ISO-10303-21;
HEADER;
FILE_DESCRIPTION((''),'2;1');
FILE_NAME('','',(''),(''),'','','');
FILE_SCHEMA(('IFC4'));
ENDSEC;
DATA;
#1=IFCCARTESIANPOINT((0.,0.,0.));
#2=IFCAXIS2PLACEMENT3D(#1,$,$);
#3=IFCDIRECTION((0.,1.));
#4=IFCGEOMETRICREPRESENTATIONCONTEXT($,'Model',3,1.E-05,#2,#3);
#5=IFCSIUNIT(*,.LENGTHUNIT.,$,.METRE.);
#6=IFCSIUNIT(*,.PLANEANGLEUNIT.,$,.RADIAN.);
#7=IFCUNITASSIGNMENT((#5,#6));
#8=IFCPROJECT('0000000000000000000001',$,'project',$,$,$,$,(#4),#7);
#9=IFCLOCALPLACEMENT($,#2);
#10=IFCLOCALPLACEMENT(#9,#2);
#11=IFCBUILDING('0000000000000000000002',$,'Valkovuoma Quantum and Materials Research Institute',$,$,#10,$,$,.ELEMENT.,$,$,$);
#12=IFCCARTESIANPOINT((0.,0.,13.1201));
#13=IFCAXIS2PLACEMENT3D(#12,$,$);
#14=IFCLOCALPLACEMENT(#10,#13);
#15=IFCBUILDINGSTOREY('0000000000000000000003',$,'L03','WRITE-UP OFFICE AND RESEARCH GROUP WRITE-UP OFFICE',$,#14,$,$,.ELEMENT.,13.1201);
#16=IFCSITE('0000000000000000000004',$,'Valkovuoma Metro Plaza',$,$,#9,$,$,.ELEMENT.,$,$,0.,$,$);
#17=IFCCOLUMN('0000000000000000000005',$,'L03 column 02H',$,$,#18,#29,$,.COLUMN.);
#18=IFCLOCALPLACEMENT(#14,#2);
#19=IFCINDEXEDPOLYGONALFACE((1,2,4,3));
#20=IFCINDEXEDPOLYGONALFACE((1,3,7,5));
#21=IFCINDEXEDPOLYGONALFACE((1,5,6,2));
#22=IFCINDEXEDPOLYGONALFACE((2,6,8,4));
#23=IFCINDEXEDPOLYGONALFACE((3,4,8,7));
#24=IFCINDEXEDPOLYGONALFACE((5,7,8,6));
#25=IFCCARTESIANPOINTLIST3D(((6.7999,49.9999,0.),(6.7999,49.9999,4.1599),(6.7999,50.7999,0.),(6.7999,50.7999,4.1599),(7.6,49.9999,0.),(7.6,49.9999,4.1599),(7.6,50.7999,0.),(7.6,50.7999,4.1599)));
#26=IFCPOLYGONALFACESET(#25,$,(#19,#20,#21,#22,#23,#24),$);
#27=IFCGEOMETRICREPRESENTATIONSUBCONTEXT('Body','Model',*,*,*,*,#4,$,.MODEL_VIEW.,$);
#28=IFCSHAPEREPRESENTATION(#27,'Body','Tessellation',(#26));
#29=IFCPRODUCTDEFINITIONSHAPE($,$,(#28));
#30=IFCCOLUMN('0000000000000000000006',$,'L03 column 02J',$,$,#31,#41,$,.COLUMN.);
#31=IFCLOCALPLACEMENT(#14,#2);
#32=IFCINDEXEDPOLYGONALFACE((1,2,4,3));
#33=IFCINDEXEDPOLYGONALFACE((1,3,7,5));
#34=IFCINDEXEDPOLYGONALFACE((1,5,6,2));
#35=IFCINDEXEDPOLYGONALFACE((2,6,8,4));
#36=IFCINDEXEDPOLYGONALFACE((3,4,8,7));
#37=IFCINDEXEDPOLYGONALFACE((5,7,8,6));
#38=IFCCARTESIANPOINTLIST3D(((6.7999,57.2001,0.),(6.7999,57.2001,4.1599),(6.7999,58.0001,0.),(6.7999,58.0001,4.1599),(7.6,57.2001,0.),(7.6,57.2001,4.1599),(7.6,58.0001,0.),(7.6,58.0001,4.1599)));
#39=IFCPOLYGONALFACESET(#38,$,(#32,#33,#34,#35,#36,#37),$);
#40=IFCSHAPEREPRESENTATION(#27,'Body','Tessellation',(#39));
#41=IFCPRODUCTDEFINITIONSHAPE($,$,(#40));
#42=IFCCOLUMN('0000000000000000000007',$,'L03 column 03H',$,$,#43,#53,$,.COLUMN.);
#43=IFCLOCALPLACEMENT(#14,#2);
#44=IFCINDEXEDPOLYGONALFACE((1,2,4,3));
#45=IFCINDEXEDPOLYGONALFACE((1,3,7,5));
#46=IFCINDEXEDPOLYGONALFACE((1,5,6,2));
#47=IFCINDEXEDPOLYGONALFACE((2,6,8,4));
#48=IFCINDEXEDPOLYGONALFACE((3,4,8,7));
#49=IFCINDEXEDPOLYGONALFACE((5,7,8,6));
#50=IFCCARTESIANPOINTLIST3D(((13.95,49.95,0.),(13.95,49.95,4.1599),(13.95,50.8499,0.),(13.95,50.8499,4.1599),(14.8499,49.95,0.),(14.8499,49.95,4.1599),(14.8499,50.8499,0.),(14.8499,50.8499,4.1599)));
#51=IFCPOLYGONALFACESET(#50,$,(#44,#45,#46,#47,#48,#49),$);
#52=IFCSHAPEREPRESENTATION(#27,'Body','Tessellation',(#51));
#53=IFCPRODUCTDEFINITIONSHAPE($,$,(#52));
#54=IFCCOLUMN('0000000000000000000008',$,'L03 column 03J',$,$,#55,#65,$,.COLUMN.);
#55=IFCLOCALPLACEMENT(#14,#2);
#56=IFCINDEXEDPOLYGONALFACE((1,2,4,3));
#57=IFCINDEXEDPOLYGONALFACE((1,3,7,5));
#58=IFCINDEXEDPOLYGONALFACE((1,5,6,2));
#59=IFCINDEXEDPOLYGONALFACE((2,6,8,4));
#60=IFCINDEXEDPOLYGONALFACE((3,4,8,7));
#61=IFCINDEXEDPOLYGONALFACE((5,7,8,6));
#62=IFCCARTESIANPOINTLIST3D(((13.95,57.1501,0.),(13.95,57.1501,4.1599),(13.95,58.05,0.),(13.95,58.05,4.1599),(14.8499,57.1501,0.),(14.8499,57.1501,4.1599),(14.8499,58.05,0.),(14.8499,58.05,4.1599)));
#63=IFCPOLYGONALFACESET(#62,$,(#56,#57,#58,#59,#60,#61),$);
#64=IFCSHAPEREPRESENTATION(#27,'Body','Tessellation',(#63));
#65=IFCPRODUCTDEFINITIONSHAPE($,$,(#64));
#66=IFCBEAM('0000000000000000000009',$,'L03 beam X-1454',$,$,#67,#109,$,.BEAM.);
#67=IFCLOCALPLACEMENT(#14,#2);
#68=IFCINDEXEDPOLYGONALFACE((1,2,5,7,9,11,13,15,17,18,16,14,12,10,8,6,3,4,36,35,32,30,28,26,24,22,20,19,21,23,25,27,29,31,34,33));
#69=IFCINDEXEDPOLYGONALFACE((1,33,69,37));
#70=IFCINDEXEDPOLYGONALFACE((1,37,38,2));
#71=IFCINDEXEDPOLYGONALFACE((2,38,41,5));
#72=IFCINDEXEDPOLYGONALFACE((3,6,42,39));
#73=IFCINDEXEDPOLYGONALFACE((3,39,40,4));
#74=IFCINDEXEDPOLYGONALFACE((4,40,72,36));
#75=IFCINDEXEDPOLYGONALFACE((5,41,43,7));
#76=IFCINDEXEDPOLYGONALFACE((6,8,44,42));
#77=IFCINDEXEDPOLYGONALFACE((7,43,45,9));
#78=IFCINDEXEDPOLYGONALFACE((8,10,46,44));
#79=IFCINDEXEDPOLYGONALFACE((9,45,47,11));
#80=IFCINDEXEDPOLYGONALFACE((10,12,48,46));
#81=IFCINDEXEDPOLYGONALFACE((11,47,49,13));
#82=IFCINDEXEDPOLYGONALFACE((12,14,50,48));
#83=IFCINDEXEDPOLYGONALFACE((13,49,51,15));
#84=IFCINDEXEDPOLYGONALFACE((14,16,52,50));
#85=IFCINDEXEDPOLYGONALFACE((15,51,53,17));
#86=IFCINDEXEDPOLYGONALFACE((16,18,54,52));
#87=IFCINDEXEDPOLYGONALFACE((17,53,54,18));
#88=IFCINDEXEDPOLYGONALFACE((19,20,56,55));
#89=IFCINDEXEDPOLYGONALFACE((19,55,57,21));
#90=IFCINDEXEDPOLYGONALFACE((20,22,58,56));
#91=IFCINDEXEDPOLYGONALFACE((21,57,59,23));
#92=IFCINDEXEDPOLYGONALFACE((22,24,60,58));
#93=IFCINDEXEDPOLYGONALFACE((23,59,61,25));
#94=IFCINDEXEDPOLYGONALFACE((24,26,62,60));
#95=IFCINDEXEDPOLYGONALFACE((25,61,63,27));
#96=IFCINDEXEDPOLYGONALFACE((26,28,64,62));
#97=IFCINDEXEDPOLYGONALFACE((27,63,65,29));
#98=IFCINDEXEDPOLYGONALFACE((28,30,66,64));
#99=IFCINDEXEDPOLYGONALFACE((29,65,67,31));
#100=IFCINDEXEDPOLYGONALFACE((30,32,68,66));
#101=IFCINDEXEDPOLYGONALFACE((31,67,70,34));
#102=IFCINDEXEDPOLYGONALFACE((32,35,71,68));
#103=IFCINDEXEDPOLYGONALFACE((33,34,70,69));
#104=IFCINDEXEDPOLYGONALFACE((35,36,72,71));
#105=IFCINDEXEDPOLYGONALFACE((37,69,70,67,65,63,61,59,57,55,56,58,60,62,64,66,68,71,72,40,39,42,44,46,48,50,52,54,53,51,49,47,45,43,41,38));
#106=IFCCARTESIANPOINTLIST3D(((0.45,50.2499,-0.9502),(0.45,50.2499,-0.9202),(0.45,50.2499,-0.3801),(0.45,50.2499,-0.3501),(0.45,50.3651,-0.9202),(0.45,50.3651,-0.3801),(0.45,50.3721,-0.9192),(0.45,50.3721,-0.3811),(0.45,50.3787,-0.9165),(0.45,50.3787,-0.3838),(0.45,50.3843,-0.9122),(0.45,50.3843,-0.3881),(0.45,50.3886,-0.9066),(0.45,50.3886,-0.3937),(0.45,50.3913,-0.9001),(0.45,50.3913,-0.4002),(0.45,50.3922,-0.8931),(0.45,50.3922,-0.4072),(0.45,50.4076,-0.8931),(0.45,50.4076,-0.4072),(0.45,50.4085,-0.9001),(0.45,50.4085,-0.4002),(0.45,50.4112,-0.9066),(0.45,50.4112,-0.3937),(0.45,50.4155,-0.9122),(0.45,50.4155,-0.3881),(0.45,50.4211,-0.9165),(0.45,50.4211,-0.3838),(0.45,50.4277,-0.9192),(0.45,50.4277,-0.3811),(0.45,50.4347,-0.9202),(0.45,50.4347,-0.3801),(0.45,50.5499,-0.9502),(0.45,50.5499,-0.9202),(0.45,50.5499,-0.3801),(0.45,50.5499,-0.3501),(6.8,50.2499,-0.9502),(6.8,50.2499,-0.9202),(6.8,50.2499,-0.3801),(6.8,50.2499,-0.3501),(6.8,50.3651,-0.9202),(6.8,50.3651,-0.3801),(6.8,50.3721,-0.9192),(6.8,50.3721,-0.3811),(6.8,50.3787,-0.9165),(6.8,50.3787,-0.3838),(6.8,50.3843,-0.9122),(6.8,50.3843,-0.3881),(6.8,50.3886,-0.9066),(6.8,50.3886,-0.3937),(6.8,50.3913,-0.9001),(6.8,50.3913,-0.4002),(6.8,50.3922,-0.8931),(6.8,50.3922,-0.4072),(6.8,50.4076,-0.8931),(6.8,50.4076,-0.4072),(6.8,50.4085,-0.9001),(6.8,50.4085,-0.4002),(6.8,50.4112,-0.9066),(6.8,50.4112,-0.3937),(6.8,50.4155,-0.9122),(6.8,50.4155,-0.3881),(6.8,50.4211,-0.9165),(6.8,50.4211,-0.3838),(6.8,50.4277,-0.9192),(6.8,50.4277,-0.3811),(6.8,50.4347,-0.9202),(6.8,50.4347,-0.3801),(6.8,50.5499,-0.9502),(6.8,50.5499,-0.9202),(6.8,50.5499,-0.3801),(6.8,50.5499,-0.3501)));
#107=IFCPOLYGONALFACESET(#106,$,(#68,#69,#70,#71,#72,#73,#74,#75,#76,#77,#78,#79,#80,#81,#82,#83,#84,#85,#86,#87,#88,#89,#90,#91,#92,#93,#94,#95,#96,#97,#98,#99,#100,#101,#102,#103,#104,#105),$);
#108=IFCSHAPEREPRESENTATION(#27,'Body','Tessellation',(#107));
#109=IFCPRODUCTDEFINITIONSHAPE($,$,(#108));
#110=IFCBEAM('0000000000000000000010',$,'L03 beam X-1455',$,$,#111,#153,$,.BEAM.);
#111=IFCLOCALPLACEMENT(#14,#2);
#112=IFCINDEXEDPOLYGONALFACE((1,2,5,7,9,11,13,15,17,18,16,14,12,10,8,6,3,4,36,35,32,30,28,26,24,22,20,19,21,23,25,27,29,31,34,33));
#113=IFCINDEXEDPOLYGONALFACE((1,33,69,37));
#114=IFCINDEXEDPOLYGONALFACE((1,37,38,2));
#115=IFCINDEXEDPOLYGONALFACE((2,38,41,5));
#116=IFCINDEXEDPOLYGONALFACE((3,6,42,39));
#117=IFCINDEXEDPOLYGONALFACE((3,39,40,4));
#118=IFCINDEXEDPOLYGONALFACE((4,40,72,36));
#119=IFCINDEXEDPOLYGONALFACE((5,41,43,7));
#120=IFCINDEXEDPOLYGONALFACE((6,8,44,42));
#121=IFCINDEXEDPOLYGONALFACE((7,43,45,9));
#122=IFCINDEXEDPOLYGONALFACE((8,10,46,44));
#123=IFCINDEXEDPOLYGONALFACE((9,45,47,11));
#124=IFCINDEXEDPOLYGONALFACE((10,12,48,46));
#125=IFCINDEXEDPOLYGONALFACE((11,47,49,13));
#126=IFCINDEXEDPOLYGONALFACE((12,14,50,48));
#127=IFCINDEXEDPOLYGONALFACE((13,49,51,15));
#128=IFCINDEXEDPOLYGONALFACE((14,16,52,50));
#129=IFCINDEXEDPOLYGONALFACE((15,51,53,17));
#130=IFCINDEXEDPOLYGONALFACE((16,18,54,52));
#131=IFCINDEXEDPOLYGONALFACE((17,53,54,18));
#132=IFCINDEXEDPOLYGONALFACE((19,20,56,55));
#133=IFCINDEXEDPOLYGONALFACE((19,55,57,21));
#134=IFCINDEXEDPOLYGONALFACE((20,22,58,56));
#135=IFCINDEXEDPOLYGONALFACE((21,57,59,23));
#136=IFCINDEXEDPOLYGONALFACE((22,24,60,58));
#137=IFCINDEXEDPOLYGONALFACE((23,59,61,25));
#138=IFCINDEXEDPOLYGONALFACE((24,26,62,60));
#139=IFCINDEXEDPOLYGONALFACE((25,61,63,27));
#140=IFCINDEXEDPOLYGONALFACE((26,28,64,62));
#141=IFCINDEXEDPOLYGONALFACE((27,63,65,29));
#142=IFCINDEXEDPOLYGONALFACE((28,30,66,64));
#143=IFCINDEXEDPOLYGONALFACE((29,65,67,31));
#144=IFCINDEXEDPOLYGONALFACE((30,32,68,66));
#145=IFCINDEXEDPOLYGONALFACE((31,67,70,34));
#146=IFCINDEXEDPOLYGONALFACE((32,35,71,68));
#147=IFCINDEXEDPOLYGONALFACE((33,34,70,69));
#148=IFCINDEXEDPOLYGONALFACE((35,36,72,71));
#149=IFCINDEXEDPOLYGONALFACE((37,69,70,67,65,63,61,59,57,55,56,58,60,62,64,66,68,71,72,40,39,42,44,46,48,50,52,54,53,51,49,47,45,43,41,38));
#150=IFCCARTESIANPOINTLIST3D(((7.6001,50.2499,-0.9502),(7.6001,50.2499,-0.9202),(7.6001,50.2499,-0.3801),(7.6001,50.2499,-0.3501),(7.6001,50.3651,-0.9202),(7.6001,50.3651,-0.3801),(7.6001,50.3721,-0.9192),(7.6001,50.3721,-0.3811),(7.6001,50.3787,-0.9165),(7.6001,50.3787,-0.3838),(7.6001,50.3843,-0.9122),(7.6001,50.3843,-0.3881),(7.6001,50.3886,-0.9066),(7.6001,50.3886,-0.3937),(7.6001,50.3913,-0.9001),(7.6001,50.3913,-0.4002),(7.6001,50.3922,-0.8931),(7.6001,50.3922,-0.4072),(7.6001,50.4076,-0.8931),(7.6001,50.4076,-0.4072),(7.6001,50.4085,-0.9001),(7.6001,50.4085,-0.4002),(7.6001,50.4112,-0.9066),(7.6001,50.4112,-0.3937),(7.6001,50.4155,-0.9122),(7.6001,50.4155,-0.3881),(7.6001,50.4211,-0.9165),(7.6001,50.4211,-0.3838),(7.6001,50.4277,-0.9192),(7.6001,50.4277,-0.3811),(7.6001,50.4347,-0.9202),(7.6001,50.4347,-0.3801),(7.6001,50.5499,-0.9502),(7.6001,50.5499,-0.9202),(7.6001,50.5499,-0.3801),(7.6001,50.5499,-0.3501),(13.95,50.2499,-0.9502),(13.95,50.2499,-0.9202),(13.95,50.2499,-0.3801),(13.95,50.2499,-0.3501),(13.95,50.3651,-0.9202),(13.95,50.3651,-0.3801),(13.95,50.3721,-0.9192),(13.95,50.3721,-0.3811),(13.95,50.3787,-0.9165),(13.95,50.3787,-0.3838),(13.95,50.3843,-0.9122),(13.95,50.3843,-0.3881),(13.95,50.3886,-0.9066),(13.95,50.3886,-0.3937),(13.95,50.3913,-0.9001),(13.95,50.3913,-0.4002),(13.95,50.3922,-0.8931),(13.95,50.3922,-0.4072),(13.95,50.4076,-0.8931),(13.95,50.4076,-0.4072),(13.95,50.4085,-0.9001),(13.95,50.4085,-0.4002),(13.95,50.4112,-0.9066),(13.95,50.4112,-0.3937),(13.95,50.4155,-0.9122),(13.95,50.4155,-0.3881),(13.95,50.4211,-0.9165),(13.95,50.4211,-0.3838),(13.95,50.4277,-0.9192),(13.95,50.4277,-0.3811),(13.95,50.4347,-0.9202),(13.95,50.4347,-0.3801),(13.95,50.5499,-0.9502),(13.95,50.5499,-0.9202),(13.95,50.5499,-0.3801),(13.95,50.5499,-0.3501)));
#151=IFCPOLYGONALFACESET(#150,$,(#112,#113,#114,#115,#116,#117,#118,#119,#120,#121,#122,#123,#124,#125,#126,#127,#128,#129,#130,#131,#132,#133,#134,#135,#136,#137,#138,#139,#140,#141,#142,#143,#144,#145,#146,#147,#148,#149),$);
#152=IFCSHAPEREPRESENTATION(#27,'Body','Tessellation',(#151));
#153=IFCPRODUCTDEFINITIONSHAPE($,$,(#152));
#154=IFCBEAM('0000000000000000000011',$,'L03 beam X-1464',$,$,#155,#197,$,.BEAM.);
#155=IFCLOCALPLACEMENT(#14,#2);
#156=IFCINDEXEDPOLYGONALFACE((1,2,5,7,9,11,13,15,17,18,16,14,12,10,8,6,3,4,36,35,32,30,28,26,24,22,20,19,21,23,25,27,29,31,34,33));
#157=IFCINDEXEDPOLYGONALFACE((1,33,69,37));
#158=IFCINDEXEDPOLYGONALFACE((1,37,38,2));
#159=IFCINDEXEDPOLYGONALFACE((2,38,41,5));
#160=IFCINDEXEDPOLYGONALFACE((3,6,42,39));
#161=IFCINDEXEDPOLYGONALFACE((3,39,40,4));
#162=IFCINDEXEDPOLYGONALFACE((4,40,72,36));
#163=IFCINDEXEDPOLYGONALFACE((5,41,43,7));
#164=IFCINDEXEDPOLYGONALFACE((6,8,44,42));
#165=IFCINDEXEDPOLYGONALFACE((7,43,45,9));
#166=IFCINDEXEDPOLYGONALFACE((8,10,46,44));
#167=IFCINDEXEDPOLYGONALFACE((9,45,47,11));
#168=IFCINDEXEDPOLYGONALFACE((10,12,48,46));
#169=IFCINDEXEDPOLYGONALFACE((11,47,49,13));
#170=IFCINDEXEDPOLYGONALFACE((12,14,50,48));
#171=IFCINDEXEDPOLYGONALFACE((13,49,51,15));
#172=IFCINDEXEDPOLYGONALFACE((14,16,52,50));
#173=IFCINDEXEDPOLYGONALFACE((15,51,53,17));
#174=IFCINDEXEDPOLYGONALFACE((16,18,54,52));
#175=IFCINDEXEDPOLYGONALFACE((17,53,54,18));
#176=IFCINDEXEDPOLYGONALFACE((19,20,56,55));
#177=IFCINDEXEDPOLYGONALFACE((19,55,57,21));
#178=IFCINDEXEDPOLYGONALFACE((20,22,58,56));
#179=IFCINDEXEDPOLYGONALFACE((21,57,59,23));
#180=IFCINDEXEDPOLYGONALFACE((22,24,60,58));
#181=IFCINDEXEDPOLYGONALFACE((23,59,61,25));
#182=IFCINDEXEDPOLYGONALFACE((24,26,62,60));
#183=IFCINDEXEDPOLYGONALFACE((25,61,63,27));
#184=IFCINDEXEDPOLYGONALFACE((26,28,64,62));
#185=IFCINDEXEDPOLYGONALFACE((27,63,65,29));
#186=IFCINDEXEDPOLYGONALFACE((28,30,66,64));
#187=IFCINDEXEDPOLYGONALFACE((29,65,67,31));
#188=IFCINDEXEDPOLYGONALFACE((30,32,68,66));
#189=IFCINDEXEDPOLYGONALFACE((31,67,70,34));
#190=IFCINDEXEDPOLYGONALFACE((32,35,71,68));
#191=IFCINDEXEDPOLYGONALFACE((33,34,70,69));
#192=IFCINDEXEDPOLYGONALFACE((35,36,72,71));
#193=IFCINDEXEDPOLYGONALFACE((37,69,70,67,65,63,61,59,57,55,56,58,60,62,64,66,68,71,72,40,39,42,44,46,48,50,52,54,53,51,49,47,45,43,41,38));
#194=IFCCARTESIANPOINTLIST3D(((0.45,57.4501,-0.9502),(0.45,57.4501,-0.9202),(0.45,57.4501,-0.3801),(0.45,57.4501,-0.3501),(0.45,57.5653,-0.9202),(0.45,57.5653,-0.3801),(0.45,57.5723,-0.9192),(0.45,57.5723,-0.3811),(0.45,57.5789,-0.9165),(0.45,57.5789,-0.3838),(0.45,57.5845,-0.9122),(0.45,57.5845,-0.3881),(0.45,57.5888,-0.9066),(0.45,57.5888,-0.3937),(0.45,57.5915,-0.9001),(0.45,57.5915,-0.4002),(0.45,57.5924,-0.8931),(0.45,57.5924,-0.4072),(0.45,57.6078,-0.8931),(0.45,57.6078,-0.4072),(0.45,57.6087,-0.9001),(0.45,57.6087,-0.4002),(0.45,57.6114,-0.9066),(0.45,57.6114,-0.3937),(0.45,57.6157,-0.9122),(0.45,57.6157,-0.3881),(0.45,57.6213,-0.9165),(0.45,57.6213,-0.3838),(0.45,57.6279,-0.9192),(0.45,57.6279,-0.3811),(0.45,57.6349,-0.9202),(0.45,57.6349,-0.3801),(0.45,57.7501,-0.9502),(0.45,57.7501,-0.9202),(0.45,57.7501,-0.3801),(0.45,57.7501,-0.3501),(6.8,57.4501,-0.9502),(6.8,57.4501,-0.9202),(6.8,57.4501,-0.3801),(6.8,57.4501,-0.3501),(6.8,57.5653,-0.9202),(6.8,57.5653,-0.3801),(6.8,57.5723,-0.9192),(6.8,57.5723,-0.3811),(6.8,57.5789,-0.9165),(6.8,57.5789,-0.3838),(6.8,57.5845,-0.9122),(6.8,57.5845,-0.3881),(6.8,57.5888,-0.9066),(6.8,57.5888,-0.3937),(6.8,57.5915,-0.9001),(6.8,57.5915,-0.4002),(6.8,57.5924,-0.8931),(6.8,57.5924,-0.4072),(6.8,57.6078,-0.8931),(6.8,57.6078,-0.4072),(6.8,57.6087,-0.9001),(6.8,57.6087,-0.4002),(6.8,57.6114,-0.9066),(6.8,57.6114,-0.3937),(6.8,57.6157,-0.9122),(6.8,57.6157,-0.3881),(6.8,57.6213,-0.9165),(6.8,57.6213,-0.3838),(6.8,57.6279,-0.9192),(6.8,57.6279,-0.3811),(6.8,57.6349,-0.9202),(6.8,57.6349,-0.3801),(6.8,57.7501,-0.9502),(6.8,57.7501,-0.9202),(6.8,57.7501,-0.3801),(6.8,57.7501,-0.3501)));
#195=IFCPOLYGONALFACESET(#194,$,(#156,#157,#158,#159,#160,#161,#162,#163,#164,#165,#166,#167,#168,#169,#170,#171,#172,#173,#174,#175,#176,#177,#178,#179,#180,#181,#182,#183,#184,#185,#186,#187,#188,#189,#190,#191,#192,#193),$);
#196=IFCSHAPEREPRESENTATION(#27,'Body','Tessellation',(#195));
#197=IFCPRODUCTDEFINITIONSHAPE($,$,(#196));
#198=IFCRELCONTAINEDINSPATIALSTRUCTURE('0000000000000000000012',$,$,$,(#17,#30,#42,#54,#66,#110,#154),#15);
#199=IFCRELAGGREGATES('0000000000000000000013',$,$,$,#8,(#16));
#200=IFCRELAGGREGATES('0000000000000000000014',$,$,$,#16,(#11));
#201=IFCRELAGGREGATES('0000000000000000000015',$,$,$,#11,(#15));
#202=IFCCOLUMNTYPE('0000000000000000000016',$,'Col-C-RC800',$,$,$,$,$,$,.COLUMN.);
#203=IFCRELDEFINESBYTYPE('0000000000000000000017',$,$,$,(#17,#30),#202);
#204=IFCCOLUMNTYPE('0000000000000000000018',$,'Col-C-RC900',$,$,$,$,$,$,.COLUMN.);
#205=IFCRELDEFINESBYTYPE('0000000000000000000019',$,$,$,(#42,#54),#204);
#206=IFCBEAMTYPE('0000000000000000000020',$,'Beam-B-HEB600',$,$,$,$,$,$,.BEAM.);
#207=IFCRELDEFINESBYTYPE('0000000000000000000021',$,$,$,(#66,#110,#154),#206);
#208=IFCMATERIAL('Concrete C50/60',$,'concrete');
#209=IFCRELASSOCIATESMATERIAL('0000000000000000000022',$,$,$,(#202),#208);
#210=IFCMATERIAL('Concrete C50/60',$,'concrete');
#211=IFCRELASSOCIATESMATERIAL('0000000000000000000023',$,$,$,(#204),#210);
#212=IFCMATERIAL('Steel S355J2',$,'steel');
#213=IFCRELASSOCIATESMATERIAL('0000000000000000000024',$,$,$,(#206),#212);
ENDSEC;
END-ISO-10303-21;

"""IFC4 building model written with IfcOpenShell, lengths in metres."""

from ifc_helpers import new_model, si_unit, direction, frame, origin, origin_2d, place, context, subcontext, project, spatial, rectangle, i_section, extrude, material, material_profile, profile_set, type_object, element, save


model = new_model("IFC4")

# Units and contexts
model_context = context("Model", 3, precision=1e-05, world=origin(), true_north=direction((0.0, 1.0)))
body_context = subcontext(model_context, "Body", "Model", "MODEL_VIEW")
ifc_project = project(units=[si_unit("LENGTHUNIT", "METRE"), si_unit("PLANEANGLEUNIT", "RADIAN")], contexts=[model_context])

# Site, building, storey
site_placement = place(None, origin())
site = spatial("IfcSite", under=ifc_project, at=site_placement, Name="Valkovuoma Metro Plaza", CompositionType="ELEMENT", RefElevation=0.0)
building_placement = place(site_placement, origin())
building = spatial("IfcBuilding", under=site, at=building_placement, Name="Valkovuoma Quantum and Materials Research Institute", CompositionType="ELEMENT")
storey_placement = place(building_placement, frame((0.0, 0.0, 13.1201)))
storey = spatial("IfcBuildingStorey", under=building, at=storey_placement, Name="L03", Description="WRITE-UP OFFICE AND RESEARCH GROUP WRITE-UP OFFICE", CompositionType="ELEMENT", Elevation=13.1201)

# Columns
ifc_material_1 = material(Name="Concrete C50/60", Category="concrete")
ifc_material_profile_1 = material_profile(ifc_material_1, rectangle(XDim=0.8, YDim=0.8, at=origin_2d()), Name="Concrete C50/60")
ifc_profile_set_1 = profile_set([ifc_material_profile_1], Name="Concrete C50/60")
column_type_1 = type_object("IfcColumnType", Name="Col-C-RC800", PredefinedType="COLUMN", material=ifc_profile_set_1)
for number, where, z_axis, x_axis, name in (
    (1, (7.2, 50.3999, 0.0), (0.0, 0.0, 1.0), (1.0, 0.0, 0.0), "L03 column 02H"),
    (2, (7.2, 57.6001, 0.0), (0.0, 0.0, 1.0), (1.0, 0.0, 0.0), "L03 column 02J"),
):
    element("IfcColumn", number, at=place(storey_placement, frame(where, z_axis=z_axis, x_axis=x_axis)), inside=storey, type_object=column_type_1, Name=name, PredefinedType="COLUMN", context=body_context, shape_type="SweptSolid", body=[
        extrude(rectangle(XDim=0.8, YDim=0.8, at=origin_2d()), origin(), (0.0, 0.0, 1.0), 4.1599),
    ])
ifc_material_2 = material(Name="Concrete C50/60", Category="concrete")
ifc_material_profile_2 = material_profile(ifc_material_2, rectangle(XDim=0.8999, YDim=0.8999, at=origin_2d()), Name="Concrete C50/60")
ifc_profile_set_2 = profile_set([ifc_material_profile_2], Name="Concrete C50/60")
column_type_2 = type_object("IfcColumnType", Name="Col-C-RC900", PredefinedType="COLUMN", material=ifc_profile_set_2)
for number, where, z_axis, x_axis, name in (
    (3, (14.3999, 50.3999, 0.0), (0.0, 0.0, 1.0), (1.0, 0.0, 0.0), "L03 column 03H"),
    (4, (14.3999, 57.6001, 0.0), (0.0, 0.0, 1.0), (1.0, 0.0, 0.0), "L03 column 03J"),
):
    element("IfcColumn", number, at=place(storey_placement, frame(where, z_axis=z_axis, x_axis=x_axis)), inside=storey, type_object=column_type_2, Name=name, PredefinedType="COLUMN", context=body_context, shape_type="SweptSolid", body=[
        extrude(rectangle(XDim=0.8999, YDim=0.8999, at=origin_2d()), origin(), (0.0, 0.0, 1.0), 4.1599),
    ])

# Beams
ifc_material_3 = material(Name="Steel S355J2", Category="steel")
ifc_material_profile_3 = material_profile(ifc_material_3, i_section(OverallWidth=0.3, OverallDepth=0.6001, WebThickness=0.0154, FlangeThickness=0.03, FilletRadius=0.0271, at=origin_2d()), Name="Steel S355J2")
ifc_profile_set_3 = profile_set([ifc_material_profile_3], Name="Steel S355J2")
beam_type_1 = type_object("IfcBeamType", Name="Beam-B-HEB600", PredefinedType="BEAM", material=ifc_profile_set_3)
beam_1_placement = place(storey_placement, frame((0.45, 50.3999, -0.6501), z_axis=(1.0, 0.0, 0.0), x_axis=(0.0, 1.0, 0.0)))
element("IfcBeam", 5, at=beam_1_placement, inside=storey, type_object=beam_type_1, Name="L03 beam X-1454", PredefinedType="BEAM", context=body_context, shape_type="SweptSolid", body=[
    extrude(i_section(OverallWidth=0.3, OverallDepth=0.6001, WebThickness=0.0154, FlangeThickness=0.03, FilletRadius=0.0271, at=origin_2d()), origin(), (0.0, 0.0, 1.0), 6.3501),
])
beam_2_placement = place(storey_placement, frame((7.6001, 50.3999, -0.6501), z_axis=(1.0, 0.0, 0.0), x_axis=(0.0, 1.0, 0.0)))
element("IfcBeam", 6, at=beam_2_placement, inside=storey, type_object=beam_type_1, Name="L03 beam X-1455", PredefinedType="BEAM", context=body_context, shape_type="SweptSolid", body=[
    extrude(i_section(OverallWidth=0.3, OverallDepth=0.6001, WebThickness=0.0154, FlangeThickness=0.03, FilletRadius=0.0271, at=origin_2d()), origin(), (0.0, 0.0, 1.0), 6.3499),
])
beam_3_placement = place(storey_placement, frame((0.45, 57.6001, -0.6501), z_axis=(1.0, 0.0, 0.0), x_axis=(0.0, 1.0, 0.0)))
element("IfcBeam", 7, at=beam_3_placement, inside=storey, type_object=beam_type_1, Name="L03 beam X-1464", PredefinedType="BEAM", context=body_context, shape_type="SweptSolid", body=[
    extrude(i_section(OverallWidth=0.3, OverallDepth=0.6001, WebThickness=0.0154, FlangeThickness=0.03, FilletRadius=0.0271, at=origin_2d()), origin(), (0.0, 0.0, 1.0), 6.3501),
])

save(model, "model.ifc")
